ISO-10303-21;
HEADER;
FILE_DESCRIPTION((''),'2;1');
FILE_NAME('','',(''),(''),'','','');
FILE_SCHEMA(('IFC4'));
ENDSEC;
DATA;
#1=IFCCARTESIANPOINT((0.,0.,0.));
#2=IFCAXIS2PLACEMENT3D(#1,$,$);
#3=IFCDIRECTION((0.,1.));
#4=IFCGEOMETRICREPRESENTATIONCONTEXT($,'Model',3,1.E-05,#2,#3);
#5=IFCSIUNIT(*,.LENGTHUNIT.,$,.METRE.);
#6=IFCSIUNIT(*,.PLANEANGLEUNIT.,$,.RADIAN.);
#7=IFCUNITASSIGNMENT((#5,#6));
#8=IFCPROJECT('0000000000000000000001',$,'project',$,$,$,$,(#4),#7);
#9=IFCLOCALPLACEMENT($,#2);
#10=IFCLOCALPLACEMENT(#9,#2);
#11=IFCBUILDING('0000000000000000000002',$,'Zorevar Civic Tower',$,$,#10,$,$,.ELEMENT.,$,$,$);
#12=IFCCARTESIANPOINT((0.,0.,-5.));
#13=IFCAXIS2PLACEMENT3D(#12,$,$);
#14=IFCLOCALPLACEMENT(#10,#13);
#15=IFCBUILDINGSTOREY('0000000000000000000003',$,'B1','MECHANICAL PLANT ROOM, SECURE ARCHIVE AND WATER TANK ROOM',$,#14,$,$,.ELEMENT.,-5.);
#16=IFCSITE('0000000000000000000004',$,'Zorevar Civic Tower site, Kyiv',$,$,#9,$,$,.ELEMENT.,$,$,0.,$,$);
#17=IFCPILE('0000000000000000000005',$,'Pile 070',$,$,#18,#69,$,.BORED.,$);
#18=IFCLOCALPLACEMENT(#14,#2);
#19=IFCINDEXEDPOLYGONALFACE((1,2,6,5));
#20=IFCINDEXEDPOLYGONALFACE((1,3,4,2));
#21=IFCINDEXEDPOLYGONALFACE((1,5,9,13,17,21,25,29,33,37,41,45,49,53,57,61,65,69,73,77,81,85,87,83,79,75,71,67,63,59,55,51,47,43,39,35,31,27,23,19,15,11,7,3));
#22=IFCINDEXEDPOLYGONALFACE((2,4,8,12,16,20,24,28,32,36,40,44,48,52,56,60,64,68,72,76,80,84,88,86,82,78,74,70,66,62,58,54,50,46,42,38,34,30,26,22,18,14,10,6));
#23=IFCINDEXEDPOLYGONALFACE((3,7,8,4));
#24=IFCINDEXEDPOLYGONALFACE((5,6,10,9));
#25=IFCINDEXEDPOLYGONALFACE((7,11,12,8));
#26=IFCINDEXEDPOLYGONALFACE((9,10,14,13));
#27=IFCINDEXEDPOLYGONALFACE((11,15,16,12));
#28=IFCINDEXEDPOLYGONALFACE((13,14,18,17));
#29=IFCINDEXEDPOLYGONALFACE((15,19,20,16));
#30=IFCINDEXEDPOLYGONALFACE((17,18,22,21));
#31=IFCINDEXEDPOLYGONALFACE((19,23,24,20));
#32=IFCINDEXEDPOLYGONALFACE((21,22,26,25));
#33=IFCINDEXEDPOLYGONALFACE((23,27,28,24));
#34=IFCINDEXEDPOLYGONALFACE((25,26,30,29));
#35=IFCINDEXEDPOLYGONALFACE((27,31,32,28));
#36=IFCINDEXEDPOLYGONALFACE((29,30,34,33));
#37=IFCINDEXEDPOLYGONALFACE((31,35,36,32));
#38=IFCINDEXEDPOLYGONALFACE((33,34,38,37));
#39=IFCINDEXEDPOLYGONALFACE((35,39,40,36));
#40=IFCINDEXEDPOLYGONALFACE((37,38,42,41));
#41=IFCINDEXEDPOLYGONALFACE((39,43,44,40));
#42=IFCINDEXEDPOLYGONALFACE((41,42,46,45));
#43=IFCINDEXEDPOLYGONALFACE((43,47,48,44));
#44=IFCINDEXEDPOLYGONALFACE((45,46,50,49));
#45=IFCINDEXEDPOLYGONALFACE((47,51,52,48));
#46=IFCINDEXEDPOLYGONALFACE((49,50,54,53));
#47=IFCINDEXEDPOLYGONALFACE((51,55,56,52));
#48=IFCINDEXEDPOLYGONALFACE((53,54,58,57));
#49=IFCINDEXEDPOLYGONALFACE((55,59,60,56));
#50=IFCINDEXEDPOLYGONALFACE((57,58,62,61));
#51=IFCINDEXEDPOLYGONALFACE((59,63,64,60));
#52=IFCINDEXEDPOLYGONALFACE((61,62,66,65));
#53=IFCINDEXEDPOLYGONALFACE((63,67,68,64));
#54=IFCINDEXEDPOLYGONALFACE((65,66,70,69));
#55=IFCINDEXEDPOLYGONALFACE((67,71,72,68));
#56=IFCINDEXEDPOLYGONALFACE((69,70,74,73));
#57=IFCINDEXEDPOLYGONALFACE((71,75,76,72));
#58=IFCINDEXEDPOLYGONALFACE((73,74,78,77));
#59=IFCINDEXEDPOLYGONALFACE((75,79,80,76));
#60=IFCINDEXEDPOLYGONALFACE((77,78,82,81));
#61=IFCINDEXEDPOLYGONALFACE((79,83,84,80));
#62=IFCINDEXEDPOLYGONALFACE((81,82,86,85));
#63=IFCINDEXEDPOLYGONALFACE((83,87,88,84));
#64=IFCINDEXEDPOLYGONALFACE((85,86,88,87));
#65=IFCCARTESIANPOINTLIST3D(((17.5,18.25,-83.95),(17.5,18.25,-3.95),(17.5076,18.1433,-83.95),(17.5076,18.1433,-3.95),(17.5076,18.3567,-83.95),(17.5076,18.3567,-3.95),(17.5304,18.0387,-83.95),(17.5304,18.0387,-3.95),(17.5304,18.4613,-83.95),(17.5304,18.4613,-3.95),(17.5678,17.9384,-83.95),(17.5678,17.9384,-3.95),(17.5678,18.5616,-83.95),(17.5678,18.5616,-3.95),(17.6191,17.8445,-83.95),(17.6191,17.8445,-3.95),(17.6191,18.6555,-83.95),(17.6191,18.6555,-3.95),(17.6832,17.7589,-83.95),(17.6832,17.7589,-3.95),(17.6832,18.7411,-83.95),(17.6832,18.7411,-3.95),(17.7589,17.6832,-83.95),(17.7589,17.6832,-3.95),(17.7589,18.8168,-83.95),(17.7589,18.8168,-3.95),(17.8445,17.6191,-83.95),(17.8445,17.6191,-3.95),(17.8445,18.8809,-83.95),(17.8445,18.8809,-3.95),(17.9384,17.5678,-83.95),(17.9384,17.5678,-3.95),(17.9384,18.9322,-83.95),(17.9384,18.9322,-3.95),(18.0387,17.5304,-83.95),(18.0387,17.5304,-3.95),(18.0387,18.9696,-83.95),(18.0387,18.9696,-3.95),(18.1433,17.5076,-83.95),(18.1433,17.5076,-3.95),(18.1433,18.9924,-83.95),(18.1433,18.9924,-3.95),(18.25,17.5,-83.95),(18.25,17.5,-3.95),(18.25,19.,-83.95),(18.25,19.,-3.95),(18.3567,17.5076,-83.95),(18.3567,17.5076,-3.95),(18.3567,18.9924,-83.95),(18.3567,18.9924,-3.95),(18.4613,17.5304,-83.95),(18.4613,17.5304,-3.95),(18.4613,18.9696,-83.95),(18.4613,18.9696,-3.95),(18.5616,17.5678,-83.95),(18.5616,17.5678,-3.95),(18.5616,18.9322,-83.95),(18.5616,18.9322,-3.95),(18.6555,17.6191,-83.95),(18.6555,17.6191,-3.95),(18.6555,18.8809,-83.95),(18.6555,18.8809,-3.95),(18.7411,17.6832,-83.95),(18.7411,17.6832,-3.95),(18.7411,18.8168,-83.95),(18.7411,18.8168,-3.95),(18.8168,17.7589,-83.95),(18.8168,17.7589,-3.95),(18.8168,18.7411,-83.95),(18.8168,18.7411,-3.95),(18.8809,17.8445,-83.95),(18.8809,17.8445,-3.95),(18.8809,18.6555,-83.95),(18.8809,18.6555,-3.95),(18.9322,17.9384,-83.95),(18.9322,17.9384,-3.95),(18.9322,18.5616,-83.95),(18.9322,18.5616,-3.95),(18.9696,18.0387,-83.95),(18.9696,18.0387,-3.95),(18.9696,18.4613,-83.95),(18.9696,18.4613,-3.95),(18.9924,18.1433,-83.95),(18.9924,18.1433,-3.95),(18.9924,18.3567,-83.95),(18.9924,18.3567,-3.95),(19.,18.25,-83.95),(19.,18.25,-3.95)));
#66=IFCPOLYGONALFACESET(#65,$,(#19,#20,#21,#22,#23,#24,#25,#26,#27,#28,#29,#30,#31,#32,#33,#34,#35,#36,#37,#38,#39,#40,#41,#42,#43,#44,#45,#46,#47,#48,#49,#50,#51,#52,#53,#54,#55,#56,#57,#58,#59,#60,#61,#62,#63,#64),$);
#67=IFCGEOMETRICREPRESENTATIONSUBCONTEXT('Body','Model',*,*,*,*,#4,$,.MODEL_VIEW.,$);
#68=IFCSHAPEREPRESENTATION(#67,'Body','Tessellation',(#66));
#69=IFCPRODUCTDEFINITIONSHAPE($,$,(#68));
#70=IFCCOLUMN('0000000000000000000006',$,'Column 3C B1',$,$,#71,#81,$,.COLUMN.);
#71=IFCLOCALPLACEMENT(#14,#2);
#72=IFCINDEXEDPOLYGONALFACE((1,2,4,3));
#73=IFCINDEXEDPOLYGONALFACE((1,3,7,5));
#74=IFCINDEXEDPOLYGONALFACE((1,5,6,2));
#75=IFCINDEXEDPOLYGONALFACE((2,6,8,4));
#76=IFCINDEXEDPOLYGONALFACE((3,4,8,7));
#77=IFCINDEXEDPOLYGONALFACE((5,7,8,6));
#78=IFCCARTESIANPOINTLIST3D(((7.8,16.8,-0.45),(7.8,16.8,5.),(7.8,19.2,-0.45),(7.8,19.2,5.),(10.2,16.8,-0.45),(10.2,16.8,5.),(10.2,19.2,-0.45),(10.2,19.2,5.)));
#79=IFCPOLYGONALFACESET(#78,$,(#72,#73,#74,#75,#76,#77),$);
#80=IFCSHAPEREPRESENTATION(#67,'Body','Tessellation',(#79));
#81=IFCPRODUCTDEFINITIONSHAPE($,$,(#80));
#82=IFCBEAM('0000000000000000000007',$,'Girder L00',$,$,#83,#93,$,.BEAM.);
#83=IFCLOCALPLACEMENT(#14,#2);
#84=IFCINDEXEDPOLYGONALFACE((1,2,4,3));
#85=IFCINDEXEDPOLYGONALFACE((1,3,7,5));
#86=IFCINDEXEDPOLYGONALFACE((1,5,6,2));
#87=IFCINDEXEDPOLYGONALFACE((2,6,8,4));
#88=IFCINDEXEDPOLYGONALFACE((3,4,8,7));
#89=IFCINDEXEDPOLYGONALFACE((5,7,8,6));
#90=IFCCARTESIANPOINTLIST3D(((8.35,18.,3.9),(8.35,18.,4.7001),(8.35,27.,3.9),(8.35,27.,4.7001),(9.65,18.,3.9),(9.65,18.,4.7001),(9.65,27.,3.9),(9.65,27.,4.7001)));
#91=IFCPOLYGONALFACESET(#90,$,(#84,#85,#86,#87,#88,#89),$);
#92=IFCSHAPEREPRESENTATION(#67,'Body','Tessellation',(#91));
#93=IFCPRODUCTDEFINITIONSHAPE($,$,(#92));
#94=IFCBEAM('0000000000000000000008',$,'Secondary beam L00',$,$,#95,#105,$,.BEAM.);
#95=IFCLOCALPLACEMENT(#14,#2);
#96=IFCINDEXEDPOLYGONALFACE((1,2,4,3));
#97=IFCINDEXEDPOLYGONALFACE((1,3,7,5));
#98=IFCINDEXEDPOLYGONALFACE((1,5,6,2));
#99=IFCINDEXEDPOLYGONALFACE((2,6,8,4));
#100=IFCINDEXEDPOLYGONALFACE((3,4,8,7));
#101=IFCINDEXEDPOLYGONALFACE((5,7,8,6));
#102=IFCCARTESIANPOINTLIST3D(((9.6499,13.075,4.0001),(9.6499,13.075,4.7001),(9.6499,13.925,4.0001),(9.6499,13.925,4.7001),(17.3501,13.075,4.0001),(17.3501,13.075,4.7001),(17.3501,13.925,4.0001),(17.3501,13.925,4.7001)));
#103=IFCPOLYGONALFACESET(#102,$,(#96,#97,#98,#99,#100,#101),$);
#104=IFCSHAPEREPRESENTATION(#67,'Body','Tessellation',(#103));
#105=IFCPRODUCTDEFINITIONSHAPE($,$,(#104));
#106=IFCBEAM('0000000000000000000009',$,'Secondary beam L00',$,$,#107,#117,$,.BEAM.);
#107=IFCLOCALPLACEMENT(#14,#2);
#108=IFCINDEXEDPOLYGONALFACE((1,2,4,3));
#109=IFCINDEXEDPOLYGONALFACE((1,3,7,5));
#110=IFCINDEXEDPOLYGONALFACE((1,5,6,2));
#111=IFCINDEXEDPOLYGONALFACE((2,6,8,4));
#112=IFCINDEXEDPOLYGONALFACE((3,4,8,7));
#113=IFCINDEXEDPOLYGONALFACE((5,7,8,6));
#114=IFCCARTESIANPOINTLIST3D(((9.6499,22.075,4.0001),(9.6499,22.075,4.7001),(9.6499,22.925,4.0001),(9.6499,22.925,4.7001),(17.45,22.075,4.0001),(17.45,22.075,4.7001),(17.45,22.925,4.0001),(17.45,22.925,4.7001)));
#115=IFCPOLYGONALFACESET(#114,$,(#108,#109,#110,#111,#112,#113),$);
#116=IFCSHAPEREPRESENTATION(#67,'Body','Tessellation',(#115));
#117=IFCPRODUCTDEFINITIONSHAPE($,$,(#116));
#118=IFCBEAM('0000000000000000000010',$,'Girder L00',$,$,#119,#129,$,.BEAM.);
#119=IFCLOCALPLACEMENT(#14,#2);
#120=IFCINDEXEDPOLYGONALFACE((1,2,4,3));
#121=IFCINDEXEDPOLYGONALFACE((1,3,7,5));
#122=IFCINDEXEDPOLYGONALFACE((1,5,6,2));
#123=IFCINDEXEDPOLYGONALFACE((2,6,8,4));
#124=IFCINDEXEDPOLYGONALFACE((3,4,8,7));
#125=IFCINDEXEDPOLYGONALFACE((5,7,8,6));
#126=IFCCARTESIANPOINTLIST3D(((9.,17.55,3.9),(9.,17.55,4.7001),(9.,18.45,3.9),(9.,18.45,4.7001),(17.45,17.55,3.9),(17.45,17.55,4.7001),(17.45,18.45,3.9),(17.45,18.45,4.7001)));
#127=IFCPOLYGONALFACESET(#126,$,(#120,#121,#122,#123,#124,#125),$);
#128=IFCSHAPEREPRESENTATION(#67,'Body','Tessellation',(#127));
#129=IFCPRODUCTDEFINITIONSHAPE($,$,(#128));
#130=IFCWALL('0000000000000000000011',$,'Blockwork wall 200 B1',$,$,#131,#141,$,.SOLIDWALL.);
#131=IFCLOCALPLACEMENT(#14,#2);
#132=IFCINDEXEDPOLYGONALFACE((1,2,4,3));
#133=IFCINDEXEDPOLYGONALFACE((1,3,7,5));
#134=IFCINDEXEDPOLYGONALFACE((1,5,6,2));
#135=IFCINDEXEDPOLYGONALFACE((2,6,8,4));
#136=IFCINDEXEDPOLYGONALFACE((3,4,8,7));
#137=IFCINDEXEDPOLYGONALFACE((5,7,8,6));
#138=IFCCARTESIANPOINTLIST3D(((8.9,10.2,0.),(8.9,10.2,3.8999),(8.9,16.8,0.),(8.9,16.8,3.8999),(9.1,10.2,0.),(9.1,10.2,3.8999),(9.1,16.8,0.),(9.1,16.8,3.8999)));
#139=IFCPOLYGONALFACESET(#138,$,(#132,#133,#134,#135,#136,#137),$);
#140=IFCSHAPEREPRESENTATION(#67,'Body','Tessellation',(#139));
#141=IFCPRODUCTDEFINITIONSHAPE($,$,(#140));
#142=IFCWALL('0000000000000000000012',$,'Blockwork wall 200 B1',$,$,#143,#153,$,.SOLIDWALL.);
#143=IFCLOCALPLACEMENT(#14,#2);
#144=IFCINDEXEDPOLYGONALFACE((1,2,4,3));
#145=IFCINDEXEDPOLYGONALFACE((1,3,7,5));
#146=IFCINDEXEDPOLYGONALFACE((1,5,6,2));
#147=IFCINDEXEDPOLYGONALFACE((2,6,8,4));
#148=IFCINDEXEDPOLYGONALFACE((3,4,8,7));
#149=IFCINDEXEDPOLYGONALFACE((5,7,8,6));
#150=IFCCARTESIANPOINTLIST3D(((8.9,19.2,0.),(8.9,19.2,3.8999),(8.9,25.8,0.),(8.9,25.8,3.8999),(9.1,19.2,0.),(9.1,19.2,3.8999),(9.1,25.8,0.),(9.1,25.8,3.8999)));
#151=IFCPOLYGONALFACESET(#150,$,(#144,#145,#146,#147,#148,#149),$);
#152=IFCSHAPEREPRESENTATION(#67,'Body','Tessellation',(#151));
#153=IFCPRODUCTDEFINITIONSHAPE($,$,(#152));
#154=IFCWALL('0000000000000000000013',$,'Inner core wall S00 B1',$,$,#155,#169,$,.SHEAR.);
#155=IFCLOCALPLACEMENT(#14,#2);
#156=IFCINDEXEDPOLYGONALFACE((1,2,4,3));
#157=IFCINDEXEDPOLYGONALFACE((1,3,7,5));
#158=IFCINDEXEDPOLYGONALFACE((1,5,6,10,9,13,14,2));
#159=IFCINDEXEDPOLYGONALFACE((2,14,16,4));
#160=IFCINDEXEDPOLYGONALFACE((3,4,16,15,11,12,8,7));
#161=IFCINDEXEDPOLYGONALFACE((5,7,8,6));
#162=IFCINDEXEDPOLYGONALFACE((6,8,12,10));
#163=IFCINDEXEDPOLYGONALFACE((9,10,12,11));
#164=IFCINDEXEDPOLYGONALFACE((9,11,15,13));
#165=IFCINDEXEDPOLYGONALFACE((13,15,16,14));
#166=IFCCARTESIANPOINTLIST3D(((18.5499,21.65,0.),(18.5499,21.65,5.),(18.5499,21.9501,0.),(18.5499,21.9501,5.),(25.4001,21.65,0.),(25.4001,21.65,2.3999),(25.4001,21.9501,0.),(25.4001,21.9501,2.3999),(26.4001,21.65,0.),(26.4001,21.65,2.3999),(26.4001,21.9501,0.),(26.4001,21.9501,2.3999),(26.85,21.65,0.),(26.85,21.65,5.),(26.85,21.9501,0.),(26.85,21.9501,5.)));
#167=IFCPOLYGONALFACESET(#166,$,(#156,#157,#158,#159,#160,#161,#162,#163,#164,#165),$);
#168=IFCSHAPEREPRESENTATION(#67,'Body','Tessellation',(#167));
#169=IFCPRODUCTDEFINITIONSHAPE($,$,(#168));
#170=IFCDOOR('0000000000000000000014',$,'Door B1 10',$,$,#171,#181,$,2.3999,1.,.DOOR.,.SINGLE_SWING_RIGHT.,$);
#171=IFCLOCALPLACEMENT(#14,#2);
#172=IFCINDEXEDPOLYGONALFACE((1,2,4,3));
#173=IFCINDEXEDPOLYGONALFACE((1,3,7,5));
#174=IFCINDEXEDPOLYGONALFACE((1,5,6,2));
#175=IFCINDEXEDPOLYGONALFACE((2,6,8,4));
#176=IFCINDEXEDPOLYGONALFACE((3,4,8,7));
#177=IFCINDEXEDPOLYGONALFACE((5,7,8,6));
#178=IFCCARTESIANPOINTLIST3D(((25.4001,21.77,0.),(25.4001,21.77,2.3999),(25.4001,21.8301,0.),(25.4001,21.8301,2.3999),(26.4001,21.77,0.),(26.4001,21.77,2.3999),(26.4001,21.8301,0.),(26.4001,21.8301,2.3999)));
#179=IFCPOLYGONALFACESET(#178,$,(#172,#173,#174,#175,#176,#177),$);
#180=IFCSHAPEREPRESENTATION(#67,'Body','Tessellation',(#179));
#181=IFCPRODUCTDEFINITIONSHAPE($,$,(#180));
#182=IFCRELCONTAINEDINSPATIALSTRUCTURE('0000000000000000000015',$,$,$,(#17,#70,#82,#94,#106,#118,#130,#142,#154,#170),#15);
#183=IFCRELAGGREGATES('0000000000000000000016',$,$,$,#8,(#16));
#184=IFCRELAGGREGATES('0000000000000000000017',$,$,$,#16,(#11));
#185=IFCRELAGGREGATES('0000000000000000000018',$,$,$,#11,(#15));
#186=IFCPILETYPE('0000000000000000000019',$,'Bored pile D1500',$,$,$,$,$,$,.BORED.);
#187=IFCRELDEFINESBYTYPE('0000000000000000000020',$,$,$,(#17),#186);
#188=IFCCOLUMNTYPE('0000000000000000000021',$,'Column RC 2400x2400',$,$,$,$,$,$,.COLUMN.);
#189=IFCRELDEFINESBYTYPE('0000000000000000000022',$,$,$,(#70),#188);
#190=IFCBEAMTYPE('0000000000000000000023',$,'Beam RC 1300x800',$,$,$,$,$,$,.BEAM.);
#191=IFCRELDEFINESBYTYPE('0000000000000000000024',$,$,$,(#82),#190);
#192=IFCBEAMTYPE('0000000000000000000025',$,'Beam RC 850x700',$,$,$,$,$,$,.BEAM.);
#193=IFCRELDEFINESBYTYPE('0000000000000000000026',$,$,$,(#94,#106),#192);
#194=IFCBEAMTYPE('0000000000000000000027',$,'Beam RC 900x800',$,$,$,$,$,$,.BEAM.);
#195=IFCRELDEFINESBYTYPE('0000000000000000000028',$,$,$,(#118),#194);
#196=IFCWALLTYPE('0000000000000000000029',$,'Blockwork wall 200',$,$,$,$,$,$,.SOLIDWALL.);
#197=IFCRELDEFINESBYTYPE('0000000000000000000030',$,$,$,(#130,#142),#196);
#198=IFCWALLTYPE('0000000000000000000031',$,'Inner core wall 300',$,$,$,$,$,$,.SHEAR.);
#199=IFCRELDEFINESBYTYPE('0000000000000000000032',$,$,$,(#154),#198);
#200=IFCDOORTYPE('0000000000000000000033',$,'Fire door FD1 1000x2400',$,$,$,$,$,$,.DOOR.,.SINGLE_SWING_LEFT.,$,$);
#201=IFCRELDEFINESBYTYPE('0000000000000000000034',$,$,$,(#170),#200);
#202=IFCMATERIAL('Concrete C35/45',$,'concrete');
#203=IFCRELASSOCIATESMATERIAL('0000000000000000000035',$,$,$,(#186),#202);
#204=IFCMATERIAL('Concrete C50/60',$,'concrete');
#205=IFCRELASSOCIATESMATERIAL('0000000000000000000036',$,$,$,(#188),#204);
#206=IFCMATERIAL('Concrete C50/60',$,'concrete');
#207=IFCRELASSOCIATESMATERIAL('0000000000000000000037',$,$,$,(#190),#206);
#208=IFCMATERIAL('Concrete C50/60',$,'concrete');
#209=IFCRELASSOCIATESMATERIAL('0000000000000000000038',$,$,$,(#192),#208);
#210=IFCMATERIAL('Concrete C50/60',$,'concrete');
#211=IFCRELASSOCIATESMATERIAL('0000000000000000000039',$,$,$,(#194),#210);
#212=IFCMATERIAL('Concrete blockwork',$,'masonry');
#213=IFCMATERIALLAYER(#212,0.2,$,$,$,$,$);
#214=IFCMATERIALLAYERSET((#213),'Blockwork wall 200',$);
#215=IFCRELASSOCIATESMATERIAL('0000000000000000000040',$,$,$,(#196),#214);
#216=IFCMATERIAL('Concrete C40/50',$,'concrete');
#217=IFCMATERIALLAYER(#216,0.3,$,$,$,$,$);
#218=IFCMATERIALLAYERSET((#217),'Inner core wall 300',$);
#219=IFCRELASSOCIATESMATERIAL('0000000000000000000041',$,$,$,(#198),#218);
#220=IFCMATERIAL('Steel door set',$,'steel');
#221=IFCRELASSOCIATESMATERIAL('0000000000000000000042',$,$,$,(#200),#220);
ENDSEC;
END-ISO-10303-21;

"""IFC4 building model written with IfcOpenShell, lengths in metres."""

from ifc_helpers import new_model, si_unit, direction, frame, frame_2d, origin, origin_2d, place, context, subcontext, project, spatial, rectangle, circle, extrude, material, layer, layer_set, material_profile, profile_set, type_object, element, fill, save


model = new_model("IFC4")

# Units and contexts
model_context = context("Model", 3, precision=1e-05, world=origin(), true_north=direction((0.0, 1.0)))
body_context = subcontext(model_context, "Body", "Model", "MODEL_VIEW")
ifc_project = project(units=[si_unit("LENGTHUNIT", "METRE"), si_unit("PLANEANGLEUNIT", "RADIAN")], contexts=[model_context])

# Site, building, storey
site_placement = place(None, origin())
site = spatial("IfcSite", under=ifc_project, at=site_placement, Name="Zorevar Civic Tower site, Kyiv", CompositionType="ELEMENT", RefElevation=0.0)
building_placement = place(site_placement, origin())
building = spatial("IfcBuilding", under=site, at=building_placement, Name="Zorevar Civic Tower", CompositionType="ELEMENT")
storey_placement = place(building_placement, frame((0.0, 0.0, -5.0)))
storey = spatial("IfcBuildingStorey", under=building, at=storey_placement, Name="B1", Description="MECHANICAL PLANT ROOM, SECURE ARCHIVE AND WATER TANK ROOM", CompositionType="ELEMENT", Elevation=-5.0)

# Pile
ifc_material_1 = material(Name="Concrete C35/45", Category="concrete")
pile_type = type_object("IfcPileType", Name="Bored pile D1500", PredefinedType="BORED", material=ifc_material_1)
for number, where, z_axis, x_axis, name in (
    (1, (18.25, 18.25, -3.95), (0.0, 0.0, -1.0), (1.0, 0.0, 0.0), "Pile 070"),
):
    element("IfcPile", number, at=place(storey_placement, frame(where, z_axis=z_axis, x_axis=x_axis)), inside=storey, type_object=pile_type, Name=name, PredefinedType="BORED", context=body_context, shape_type="SweptSolid", body=[
        extrude(circle(Radius=0.75, at=origin_2d()), origin(), (0.0, 0.0, 1.0), 80.0),
    ])

# Column
ifc_material_2 = material(Name="Concrete C50/60", Category="concrete")
ifc_material_profile_1 = material_profile(ifc_material_2, rectangle(XDim=2.3999, YDim=2.3999, at=origin_2d()), Name="RC 2400x2400")
ifc_profile_set_1 = profile_set([ifc_material_profile_1], Name="Concrete C50/60")
column_type = type_object("IfcColumnType", Name="Column RC 2400x2400", PredefinedType="COLUMN", material=ifc_profile_set_1)
column_placement = place(storey_placement, frame((9.0, 18.0, -0.45), z_axis=(0.0, 0.0, 1.0), x_axis=(1.0, 0.0, 0.0)))
element("IfcColumn", 2, at=column_placement, inside=storey, type_object=column_type, Name="Column 3C B1", PredefinedType="COLUMN", context=body_context, shape_type="SweptSolid", body=[
    extrude(rectangle(XDim=2.3999, YDim=2.3999, at=origin_2d()), origin(), (0.0, 0.0, 1.0), 5.45),
])

# Beams
ifc_material_3 = material(Name="Concrete C50/60", Category="concrete")
ifc_material_profile_2 = material_profile(ifc_material_3, rectangle(XDim=1.3, YDim=0.8, at=origin_2d()), Name="RC 1300x800")
ifc_profile_set_2 = profile_set([ifc_material_profile_2], Name="Concrete C50/60")
beam_type_1 = type_object("IfcBeamType", Name="Beam RC 1300x800", PredefinedType="BEAM", material=ifc_profile_set_2)
beam_1_placement = place(storey_placement, frame((9.0, 18.0, 4.3), z_axis=(0.0, 1.0, 0.0), x_axis=(-1.0, 0.0, 0.0)))
element("IfcBeam", 3, at=beam_1_placement, inside=storey, type_object=beam_type_1, Name="Girder L00", PredefinedType="BEAM", context=body_context, shape_type="SweptSolid", body=[
    extrude(rectangle(XDim=1.3, YDim=0.8, at=origin_2d()), origin(), (0.0, 0.0, 1.0), 9.0),
])
ifc_material_4 = material(Name="Concrete C50/60", Category="concrete")
ifc_material_profile_3 = material_profile(ifc_material_4, rectangle(XDim=0.8501, YDim=0.7, at=origin_2d()), Name="RC 850x700")
ifc_profile_set_3 = profile_set([ifc_material_profile_3], Name="Concrete C50/60")
beam_type_2 = type_object("IfcBeamType", Name="Beam RC 850x700", PredefinedType="BEAM", material=ifc_profile_set_3)
beam_2_placement = place(storey_placement, frame((9.6499, 13.5, 4.3501), z_axis=(1.0, 0.0, 0.0), x_axis=(0.0, 1.0, 0.0)))
element("IfcBeam", 4, at=beam_2_placement, inside=storey, type_object=beam_type_2, Name="Secondary beam L00", PredefinedType="BEAM", context=body_context, shape_type="SweptSolid", body=[
    extrude(rectangle(XDim=0.8501, YDim=0.7, at=origin_2d()), origin(), (0.0, 0.0, 1.0), 7.7002),
])
beam_3_placement = place(storey_placement, frame((9.6499, 22.5, 4.3501), z_axis=(1.0, 0.0, 0.0), x_axis=(0.0, 1.0, 0.0)))
element("IfcBeam", 5, at=beam_3_placement, inside=storey, type_object=beam_type_2, Name="Secondary beam L00", PredefinedType="BEAM", context=body_context, shape_type="SweptSolid", body=[
    extrude(rectangle(XDim=0.8501, YDim=0.7, at=origin_2d()), origin(), (0.0, 0.0, 1.0), 7.8),
])
ifc_material_5 = material(Name="Concrete C50/60", Category="concrete")
ifc_material_profile_4 = material_profile(ifc_material_5, rectangle(XDim=0.8999, YDim=0.8, at=origin_2d()), Name="RC 900x800")
ifc_profile_set_4 = profile_set([ifc_material_profile_4], Name="Concrete C50/60")
beam_type_3 = type_object("IfcBeamType", Name="Beam RC 900x800", PredefinedType="BEAM", material=ifc_profile_set_4)
beam_4_placement = place(storey_placement, frame((9.0, 18.0, 4.3), z_axis=(1.0, 0.0, 0.0), x_axis=(0.0, 1.0, 0.0)))
element("IfcBeam", 6, at=beam_4_placement, inside=storey, type_object=beam_type_3, Name="Girder L00", PredefinedType="BEAM", context=body_context, shape_type="SweptSolid", body=[
    extrude(rectangle(XDim=0.8999, YDim=0.8, at=origin_2d()), origin(), (0.0, 0.0, 1.0), 8.45),
])

# Walls
ifc_material_6 = material(Name="Concrete blockwork", Category="masonry")
ifc_layer_1 = layer(ifc_material_6, 0.2)
ifc_layer_set_1 = layer_set([ifc_layer_1], Name="Blockwork wall 200")
wall_type_1 = type_object("IfcWallType", Name="Blockwork wall 200", PredefinedType="SOLIDWALL", material=ifc_layer_set_1)
for number, where, z_axis, x_axis, name in (
    (7, (9.0, 10.2, 0.0), (0.0, 0.0, 1.0), (0.0, 1.0, 0.0), "Blockwork wall 200 B1"),
    (8, (9.0, 19.2, 0.0), (0.0, 0.0, 1.0), (0.0, 1.0, 0.0), "Blockwork wall 200 B1"),
):
    element("IfcWall", number, at=place(storey_placement, frame(where, z_axis=z_axis, x_axis=x_axis)), inside=storey, type_object=wall_type_1, Name=name, PredefinedType="SOLIDWALL", context=body_context, shape_type="SweptSolid", body=[
        extrude(rectangle(XDim=6.6001, YDim=0.2, at=frame_2d((3.3, 0.0))), origin(), (0.0, 0.0, 1.0), 3.8999),
    ])

# Wall, opening, door
ifc_material_7 = material(Name="Concrete C40/50", Category="concrete")
ifc_layer_2 = layer(ifc_material_7, 0.3)
ifc_layer_set_2 = layer_set([ifc_layer_2], Name="Inner core wall 300")
wall_type_2 = type_object("IfcWallType", Name="Inner core wall 300", PredefinedType="SHEAR", material=ifc_layer_set_2)
wall_1_placement = place(storey_placement, frame((18.55, 21.8, 0.0), z_axis=(0.0, 0.0, 1.0), x_axis=(1.0, 0.0, 0.0)))
wall_1 = element("IfcWall", 9, at=wall_1_placement, inside=storey, type_object=wall_type_2, Name="Inner core wall S00 B1", PredefinedType="SHEAR", context=body_context, shape_type="SweptSolid", body=[
    extrude(rectangle(XDim=8.3, YDim=0.3, at=frame_2d((4.1499, 0.0))), origin(), (0.0, 0.0, 1.0), 5.0),
])
opening_1_placement = place(wall_1_placement, frame((6.8501, 0.0, 0.0)))
opening_1 = element("IfcOpeningElement", 10, at=opening_1_placement, cuts=wall_1, PredefinedType="OPENING", context=body_context, shape_type="SweptSolid", body=[
    extrude(rectangle(XDim=1.0, YDim=2.3999, at=frame_2d((0.5, 1.2))), frame((0.0, 0.1599, 0.0), z_axis=(0.0, -1.0, 0.0), x_axis=(1.0, 0.0, 0.0)), (0.0, 0.0, 1.0), 0.3201),
])
ifc_material_8 = material(Name="Steel door set", Category="steel")
door_type_1 = type_object("IfcDoorType", Name="Fire door FD1 1000x2400", OperationType="SINGLE_SWING_LEFT", PredefinedType="DOOR", material=ifc_material_8)
door_1_placement = place(opening_1_placement, origin())
door_1 = element("IfcDoor", 11, at=door_1_placement, inside=storey, type_object=door_type_1, Name="Door B1 10", OperationType="SINGLE_SWING_RIGHT", OverallHeight=2.3999, OverallWidth=1.0, PredefinedType="DOOR", context=body_context, shape_type="SweptSolid", body=[
    extrude(rectangle(XDim=1.0, YDim=2.3999, at=frame_2d((0.5, 1.2))), frame((0.0, 0.03, 0.0), z_axis=(0.0, -1.0, 0.0), x_axis=(1.0, 0.0, 0.0)), (0.0, 0.0, 1.0), 0.0601),
])
fill(opening_1, door_1)

save(model, "model.ifc")
